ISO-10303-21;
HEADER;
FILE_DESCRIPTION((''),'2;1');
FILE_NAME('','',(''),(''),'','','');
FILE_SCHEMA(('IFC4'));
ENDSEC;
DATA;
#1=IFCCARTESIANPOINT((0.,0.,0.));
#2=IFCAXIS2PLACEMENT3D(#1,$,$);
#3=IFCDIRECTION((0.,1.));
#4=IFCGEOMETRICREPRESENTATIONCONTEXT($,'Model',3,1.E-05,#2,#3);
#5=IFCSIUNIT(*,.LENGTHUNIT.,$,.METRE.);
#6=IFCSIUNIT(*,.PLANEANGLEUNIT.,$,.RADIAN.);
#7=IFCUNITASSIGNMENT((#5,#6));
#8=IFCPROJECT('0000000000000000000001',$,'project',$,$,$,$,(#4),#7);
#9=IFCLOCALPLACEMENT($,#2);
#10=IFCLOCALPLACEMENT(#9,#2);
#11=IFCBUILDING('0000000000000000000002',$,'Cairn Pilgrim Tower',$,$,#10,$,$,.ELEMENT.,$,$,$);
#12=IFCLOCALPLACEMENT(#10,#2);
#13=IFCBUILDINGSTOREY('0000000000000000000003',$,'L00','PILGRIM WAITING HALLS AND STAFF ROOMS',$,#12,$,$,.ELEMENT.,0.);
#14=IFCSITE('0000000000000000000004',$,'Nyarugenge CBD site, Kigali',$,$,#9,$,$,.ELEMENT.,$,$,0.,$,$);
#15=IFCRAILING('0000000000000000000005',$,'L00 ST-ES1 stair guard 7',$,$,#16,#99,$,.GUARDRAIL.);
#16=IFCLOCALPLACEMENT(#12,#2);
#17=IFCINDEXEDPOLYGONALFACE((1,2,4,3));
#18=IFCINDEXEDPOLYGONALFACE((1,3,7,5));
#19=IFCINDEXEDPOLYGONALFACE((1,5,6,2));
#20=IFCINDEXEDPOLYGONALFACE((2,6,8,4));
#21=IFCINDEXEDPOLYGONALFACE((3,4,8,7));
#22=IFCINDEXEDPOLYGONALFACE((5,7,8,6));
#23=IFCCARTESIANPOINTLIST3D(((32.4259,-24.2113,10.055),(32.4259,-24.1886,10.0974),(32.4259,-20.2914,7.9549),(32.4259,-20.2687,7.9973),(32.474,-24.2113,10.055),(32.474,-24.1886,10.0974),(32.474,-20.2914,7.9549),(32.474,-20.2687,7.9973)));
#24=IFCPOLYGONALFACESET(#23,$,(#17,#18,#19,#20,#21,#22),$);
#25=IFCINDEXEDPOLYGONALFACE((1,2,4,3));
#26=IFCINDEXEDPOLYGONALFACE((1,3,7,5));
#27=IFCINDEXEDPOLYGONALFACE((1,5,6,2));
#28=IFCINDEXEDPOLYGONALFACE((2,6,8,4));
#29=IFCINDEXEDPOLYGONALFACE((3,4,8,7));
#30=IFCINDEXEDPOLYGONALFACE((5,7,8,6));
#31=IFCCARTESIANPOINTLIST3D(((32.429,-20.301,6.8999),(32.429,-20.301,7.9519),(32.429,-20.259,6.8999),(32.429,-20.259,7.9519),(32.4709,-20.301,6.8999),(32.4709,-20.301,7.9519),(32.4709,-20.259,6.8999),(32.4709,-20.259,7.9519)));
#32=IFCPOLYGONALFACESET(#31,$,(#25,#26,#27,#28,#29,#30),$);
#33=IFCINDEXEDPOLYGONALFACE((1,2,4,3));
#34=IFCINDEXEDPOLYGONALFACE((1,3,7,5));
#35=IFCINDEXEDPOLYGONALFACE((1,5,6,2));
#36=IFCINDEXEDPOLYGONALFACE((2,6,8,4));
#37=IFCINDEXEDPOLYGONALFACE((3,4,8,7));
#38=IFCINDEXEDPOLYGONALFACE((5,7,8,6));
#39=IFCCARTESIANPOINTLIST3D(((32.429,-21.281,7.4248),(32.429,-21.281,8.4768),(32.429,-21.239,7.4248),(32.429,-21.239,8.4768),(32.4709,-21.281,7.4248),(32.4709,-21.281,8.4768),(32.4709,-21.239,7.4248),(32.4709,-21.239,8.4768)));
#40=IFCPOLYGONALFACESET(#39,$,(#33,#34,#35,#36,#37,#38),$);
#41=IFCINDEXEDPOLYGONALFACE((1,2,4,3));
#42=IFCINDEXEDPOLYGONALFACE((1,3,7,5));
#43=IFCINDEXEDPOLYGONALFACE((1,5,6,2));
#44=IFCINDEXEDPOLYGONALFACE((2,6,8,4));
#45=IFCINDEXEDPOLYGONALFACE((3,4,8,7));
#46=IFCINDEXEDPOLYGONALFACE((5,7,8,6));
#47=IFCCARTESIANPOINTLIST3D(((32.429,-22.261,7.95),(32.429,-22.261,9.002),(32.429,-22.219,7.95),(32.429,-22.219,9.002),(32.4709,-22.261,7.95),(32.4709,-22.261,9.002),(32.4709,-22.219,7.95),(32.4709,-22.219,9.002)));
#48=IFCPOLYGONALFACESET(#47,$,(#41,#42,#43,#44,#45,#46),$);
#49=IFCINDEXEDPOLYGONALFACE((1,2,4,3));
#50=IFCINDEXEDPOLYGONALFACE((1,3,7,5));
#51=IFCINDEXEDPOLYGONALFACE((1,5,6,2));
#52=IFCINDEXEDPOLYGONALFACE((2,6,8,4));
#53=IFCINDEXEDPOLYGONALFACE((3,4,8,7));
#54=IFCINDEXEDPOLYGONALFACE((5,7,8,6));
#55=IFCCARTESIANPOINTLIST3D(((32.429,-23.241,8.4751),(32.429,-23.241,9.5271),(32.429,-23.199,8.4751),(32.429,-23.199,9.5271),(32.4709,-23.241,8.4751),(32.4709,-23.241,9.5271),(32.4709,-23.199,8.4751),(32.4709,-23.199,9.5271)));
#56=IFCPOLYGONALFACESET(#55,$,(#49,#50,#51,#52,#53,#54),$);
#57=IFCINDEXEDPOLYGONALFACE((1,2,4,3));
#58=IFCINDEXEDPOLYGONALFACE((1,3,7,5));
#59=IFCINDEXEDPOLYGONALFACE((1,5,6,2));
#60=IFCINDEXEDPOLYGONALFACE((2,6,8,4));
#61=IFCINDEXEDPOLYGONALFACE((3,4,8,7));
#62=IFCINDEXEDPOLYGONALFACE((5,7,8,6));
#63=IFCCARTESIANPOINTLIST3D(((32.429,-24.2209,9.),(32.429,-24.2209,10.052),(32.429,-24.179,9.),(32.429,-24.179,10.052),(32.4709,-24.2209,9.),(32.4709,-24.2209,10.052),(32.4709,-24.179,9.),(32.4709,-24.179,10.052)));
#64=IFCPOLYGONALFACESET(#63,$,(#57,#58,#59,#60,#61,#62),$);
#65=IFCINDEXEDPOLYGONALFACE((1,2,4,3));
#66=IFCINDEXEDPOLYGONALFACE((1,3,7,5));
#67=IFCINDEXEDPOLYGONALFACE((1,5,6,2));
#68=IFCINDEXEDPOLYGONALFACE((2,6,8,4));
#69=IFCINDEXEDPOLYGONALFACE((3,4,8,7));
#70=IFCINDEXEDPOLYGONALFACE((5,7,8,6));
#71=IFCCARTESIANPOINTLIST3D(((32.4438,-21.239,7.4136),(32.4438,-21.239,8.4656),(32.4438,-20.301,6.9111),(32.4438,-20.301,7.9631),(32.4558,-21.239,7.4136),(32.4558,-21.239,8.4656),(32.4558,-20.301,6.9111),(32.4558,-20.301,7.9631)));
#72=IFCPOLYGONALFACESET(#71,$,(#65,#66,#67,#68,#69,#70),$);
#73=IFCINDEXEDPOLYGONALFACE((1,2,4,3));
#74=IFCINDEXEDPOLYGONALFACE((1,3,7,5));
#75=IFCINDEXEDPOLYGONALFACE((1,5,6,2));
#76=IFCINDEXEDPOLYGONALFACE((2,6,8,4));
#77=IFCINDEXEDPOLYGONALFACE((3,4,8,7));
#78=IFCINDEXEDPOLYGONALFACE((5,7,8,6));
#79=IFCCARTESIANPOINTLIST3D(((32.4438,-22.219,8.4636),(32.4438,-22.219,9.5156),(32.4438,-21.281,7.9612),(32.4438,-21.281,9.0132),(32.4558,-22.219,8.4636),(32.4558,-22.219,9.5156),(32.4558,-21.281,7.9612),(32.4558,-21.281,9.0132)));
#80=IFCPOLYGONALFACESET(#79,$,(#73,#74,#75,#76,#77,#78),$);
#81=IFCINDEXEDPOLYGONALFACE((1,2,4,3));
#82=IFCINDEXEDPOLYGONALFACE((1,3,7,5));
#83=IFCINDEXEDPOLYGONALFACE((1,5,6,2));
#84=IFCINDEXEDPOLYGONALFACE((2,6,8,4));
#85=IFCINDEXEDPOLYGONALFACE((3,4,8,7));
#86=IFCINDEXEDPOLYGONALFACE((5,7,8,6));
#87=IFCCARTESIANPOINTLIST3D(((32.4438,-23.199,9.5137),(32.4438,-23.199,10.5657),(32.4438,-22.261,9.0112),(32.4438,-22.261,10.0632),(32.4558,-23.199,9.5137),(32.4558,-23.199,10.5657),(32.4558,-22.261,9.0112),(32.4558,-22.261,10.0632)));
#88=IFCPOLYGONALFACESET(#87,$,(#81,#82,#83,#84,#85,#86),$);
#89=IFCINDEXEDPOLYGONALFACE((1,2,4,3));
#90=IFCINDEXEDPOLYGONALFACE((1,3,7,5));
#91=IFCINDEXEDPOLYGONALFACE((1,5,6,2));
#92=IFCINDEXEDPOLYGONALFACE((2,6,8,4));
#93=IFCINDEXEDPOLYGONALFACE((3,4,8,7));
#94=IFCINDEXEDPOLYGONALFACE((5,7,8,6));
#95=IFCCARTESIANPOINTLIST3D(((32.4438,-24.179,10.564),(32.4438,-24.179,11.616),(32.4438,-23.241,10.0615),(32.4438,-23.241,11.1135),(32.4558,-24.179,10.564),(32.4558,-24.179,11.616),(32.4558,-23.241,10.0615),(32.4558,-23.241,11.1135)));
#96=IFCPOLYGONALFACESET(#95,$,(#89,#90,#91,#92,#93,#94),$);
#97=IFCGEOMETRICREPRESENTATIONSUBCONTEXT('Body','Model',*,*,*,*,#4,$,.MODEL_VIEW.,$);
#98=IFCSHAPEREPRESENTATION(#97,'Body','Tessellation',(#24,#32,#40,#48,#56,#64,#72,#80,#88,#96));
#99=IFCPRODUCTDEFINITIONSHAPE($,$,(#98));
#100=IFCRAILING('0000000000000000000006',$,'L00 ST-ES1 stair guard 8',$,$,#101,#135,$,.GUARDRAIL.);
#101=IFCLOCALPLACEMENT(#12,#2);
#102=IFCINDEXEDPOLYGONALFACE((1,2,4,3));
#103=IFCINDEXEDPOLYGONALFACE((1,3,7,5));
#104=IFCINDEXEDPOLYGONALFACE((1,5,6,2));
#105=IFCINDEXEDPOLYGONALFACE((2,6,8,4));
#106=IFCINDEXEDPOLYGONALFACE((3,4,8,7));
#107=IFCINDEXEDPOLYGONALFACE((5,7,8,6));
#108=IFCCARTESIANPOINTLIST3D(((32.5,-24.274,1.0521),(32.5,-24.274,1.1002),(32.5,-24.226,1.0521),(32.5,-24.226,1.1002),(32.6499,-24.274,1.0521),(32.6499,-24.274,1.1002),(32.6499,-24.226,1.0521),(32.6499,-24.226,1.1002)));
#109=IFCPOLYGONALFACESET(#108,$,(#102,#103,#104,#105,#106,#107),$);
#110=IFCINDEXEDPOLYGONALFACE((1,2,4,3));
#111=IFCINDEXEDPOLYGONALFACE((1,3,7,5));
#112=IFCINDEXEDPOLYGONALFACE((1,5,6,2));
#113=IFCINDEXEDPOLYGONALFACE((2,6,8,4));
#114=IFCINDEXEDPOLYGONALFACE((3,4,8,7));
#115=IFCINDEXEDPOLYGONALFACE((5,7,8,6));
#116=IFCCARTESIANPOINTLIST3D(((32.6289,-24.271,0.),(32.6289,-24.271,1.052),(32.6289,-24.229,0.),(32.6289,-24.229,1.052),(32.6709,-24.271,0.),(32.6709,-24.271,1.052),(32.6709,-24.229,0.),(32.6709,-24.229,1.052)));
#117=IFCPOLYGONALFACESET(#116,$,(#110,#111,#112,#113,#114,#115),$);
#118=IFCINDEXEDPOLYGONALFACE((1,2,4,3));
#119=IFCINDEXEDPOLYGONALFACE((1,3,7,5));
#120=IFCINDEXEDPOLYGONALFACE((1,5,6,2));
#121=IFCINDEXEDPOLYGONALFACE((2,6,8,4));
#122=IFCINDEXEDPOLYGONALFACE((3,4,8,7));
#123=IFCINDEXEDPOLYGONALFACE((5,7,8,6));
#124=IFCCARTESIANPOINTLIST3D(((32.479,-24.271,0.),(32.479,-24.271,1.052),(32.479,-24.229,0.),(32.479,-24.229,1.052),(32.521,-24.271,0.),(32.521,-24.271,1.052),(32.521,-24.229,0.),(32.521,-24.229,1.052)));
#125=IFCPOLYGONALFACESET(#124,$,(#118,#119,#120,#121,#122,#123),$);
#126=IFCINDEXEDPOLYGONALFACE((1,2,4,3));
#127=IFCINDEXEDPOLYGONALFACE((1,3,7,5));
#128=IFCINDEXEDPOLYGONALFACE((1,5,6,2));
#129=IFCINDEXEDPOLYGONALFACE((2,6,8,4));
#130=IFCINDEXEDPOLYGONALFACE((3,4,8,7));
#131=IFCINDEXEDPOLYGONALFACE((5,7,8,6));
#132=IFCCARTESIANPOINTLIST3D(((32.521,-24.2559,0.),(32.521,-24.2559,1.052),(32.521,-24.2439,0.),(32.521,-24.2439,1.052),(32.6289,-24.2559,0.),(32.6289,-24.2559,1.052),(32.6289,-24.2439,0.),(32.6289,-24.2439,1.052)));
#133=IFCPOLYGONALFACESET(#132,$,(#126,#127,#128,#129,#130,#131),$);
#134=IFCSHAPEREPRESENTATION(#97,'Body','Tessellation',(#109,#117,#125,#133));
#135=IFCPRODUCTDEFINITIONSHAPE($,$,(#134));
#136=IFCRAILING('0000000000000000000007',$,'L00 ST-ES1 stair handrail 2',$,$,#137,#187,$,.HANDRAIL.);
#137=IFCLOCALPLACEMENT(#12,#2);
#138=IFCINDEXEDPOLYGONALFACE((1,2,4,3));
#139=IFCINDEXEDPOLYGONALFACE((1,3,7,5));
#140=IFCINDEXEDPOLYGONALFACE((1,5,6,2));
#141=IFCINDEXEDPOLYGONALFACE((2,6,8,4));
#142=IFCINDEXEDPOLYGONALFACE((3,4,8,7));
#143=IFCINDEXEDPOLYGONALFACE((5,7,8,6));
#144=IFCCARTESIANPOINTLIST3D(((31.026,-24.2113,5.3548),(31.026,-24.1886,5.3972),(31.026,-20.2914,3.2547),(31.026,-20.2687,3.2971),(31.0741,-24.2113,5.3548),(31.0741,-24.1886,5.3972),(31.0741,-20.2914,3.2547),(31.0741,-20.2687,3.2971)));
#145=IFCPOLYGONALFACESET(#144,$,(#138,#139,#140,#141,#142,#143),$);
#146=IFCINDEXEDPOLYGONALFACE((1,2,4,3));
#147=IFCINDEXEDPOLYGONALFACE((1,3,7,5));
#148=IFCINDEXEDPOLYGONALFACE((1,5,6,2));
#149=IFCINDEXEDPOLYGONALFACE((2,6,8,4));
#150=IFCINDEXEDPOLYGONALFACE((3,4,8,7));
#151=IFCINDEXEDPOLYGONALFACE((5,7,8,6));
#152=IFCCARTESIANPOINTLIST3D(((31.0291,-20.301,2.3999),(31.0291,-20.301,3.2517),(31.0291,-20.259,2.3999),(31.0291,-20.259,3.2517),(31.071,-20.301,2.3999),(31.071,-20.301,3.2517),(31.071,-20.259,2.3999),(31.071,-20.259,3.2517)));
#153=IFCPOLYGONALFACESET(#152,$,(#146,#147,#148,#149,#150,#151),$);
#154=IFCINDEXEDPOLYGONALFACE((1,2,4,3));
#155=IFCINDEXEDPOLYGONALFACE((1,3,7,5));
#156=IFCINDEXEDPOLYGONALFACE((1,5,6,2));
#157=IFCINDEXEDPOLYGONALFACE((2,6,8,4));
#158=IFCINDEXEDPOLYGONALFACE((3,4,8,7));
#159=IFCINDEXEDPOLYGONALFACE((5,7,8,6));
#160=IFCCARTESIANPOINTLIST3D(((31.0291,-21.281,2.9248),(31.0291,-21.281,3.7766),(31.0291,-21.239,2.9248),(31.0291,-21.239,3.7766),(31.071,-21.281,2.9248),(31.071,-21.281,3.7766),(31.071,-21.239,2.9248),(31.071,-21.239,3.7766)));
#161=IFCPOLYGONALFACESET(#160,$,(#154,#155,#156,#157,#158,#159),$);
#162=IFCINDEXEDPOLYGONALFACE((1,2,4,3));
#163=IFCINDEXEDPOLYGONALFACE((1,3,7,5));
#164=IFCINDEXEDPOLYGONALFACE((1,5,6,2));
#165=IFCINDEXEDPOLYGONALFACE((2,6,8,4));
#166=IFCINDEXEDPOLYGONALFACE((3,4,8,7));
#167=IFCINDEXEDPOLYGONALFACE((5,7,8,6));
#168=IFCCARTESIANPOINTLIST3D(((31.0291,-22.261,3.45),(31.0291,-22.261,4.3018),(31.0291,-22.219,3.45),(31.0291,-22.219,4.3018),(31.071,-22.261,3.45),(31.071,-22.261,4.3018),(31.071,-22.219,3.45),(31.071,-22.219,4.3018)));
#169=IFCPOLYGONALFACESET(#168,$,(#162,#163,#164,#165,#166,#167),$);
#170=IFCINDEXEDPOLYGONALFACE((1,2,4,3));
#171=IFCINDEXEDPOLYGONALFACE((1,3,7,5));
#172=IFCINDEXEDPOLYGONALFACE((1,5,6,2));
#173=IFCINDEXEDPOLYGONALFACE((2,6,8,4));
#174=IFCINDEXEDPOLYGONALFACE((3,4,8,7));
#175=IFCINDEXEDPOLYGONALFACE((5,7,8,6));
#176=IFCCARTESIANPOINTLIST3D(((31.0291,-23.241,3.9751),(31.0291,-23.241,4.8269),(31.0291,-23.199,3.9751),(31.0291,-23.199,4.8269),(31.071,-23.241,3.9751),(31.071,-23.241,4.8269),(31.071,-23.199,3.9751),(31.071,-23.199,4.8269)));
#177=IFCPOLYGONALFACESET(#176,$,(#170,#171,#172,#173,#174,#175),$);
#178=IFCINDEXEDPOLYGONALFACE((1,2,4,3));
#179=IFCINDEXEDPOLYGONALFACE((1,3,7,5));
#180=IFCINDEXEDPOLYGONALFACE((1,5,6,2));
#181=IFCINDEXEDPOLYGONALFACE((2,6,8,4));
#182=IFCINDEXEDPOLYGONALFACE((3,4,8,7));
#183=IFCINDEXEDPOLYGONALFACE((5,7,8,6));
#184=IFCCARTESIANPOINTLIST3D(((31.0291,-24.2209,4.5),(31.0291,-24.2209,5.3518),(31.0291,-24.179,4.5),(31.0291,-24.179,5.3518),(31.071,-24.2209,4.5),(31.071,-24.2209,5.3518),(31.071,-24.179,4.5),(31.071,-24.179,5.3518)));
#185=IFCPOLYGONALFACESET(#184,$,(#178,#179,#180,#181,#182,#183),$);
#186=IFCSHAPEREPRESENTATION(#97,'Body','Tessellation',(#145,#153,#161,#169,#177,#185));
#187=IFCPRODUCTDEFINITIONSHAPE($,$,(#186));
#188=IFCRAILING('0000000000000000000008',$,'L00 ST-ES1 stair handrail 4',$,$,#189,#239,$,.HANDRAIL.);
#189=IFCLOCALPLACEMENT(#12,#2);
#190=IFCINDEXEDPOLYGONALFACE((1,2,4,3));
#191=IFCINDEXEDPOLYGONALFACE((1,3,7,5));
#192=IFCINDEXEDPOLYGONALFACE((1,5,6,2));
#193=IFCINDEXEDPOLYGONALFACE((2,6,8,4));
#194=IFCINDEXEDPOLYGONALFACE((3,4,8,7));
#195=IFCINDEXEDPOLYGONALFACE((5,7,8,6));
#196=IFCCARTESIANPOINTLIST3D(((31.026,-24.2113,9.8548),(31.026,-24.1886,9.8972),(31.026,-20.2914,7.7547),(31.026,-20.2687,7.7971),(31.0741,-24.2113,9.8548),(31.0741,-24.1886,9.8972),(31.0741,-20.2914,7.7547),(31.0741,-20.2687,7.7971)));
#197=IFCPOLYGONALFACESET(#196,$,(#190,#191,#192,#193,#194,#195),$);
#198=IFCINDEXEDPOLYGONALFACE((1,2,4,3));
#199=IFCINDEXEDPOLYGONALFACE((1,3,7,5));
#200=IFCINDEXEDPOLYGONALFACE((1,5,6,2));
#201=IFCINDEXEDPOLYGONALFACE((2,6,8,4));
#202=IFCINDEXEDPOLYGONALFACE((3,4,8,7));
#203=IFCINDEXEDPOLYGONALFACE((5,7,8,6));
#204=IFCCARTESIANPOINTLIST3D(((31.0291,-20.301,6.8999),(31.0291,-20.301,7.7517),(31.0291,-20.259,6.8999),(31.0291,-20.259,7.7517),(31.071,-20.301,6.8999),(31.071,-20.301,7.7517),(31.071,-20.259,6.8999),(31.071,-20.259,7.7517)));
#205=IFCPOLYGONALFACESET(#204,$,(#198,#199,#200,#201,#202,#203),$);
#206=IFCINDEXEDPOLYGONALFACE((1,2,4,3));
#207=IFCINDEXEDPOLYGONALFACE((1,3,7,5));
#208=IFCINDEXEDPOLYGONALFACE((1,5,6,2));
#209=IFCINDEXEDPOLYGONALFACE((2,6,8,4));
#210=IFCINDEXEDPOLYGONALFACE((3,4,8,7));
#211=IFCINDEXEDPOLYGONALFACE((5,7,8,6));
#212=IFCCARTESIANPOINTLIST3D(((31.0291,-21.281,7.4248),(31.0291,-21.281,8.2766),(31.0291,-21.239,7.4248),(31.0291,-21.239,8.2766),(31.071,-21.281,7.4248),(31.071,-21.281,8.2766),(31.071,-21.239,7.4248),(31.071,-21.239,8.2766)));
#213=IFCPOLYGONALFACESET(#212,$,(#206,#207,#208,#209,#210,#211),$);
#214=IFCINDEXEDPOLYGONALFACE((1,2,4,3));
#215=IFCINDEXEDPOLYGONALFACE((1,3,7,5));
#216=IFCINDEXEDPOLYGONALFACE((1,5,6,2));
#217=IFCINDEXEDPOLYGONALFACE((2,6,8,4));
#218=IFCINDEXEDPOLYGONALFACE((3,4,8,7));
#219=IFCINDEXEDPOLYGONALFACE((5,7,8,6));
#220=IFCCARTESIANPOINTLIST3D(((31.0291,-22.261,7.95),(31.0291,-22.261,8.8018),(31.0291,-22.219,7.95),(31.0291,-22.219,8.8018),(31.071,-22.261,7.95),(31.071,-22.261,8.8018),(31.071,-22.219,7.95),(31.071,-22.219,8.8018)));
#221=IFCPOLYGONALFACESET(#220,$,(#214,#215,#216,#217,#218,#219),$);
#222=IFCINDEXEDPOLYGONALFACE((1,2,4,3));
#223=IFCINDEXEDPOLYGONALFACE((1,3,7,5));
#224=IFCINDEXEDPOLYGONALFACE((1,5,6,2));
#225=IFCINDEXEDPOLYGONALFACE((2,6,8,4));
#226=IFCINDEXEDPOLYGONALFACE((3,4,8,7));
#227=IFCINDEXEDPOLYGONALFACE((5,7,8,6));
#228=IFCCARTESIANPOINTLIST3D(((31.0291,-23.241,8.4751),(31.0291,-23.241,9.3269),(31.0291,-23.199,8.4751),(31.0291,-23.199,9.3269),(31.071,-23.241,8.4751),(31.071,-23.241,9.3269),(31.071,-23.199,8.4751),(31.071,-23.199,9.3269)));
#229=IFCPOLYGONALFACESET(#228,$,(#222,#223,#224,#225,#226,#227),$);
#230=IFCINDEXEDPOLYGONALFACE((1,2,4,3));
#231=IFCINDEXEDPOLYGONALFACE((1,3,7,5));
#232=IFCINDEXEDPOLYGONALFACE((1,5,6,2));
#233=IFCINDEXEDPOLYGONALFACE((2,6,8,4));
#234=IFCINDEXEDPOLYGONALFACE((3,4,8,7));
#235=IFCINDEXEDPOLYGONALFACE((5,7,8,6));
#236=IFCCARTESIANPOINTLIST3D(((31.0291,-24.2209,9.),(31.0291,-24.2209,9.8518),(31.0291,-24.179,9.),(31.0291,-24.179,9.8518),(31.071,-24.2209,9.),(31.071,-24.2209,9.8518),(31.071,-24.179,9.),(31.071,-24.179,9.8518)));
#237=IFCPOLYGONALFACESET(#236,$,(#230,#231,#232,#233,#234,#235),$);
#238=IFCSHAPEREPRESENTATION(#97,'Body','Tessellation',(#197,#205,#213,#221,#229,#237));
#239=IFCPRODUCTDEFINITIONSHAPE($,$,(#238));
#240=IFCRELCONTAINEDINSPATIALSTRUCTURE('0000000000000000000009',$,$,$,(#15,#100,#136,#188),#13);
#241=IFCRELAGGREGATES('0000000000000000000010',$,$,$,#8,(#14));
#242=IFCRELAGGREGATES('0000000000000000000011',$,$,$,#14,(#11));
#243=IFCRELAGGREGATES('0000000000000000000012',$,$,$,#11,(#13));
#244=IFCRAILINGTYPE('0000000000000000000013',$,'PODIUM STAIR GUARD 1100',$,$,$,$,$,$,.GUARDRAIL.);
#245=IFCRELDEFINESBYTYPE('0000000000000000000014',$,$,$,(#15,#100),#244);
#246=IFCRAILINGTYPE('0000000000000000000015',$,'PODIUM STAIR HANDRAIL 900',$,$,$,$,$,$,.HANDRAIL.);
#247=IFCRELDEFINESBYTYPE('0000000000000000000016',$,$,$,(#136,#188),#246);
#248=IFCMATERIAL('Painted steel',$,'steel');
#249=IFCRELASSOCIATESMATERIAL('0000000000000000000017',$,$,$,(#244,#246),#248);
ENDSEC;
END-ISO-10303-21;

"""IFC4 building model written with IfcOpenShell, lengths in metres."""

from ifc_helpers import new_model, si_unit, direction, frame, origin, origin_2d, place, context, subcontext, project, spatial, polyline, rectangle, outline, extrude, material, type_object, element, save


model = new_model("IFC4")

# Units and contexts
model_context = context("Model", 3, precision=1e-05, world=origin(), true_north=direction((0.0, 1.0)))
body_context = subcontext(model_context, "Body", "Model", "MODEL_VIEW")
ifc_project = project(units=[si_unit("LENGTHUNIT", "METRE"), si_unit("PLANEANGLEUNIT", "RADIAN")], contexts=[model_context])

# Site, building, storey
site_placement = place(None, origin())
site = spatial("IfcSite", under=ifc_project, at=site_placement, Name="Nyarugenge CBD site, Kigali", CompositionType="ELEMENT", RefElevation=0.0)
building_placement = place(site_placement, origin())
building = spatial("IfcBuilding", under=site, at=building_placement, Name="Cairn Pilgrim Tower", CompositionType="ELEMENT")
storey_placement = place(building_placement, origin())
storey = spatial("IfcBuildingStorey", under=building, at=storey_placement, Name="L00", Description="PILGRIM WAITING HALLS AND STAFF ROOMS", CompositionType="ELEMENT", Elevation=0.0)

# Shared definitions
ifc_material_1 = material(Name="Painted steel", Category="steel")

# Railings
railing_type_1 = type_object("IfcRailingType", Name="PODIUM STAIR GUARD 1100", PredefinedType="GUARDRAIL", material=ifc_material_1)
railing_1_placement = place(storey_placement, frame((32.45, -20.28, 6.8999)))
element("IfcRailing", 1, at=railing_1_placement, inside=storey, type_object=railing_type_1, Name="L00 ST-ES1 stair guard 7", PredefinedType="GUARDRAIL", context=body_context, shape_type="SweptSolid", body=[
    extrude(rectangle(XDim=0.0481, YDim=0.0481, at=origin_2d()), frame((0.0, 0.0, 1.0762), z_axis=(0.0, -0.881467, 0.472246), x_axis=(1.0, 0.0, 0.0)), (0.0, 0.0, 1.0), 4.447),
    extrude(rectangle(XDim=0.042, YDim=0.042, at=origin_2d()), origin(), (0.0, 0.0, 1.0), 1.052),
    extrude(rectangle(XDim=0.042, YDim=0.042, at=origin_2d()), frame((0.0, -0.98, 0.5249)), (0.0, 0.0, 1.0), 1.052),
    extrude(rectangle(XDim=0.042, YDim=0.042, at=origin_2d()), frame((0.0, -1.96, 1.05)), (0.0, 0.0, 1.0), 1.052),
    extrude(rectangle(XDim=0.042, YDim=0.042, at=origin_2d()), frame((0.0, -2.9399, 1.5752)), (0.0, 0.0, 1.0), 1.052),
    extrude(rectangle(XDim=0.042, YDim=0.042, at=origin_2d()), frame((0.0, -3.9199, 2.1001)), (0.0, 0.0, 1.0), 1.052),
    extrude(outline(polyline([(0.021, 0.0112), (0.959, 0.5137), (0.959, 1.5657), (0.021, 1.0632), (0.021, 0.0112)])), frame((0.0059, 0.0, 0.0), z_axis=(-1.0, 0.0, 0.0), x_axis=(0.0, -1.0, 0.0)), (0.0, 0.0, 1.0), 0.012),
    extrude(outline(polyline([(0.021, 0.5364), (0.959, 1.0388), (0.959, 2.0908), (0.021, 1.5884), (0.021, 0.5364)])), frame((0.0059, -0.98, 0.5249), z_axis=(-1.0, 0.0, 0.0), x_axis=(0.0, -1.0, 0.0)), (0.0, 0.0, 1.0), 0.012),
    extrude(outline(polyline([(0.021, 1.0613), (0.959, 1.5637), (0.959, 2.6157), (0.021, 2.1133), (0.021, 1.0613)])), frame((0.0059, -1.96, 1.05), z_axis=(-1.0, 0.0, 0.0), x_axis=(0.0, -1.0, 0.0)), (0.0, 0.0, 1.0), 0.012),
    extrude(outline(polyline([(0.021, 1.5864), (0.959, 2.0889), (0.959, 3.1409), (0.021, 2.6384), (0.021, 1.5864)])), frame((0.0059, -2.9399, 1.5752), z_axis=(-1.0, 0.0, 0.0), x_axis=(0.0, -1.0, 0.0)), (0.0, 0.0, 1.0), 0.012),
])
railing_2_placement = place(storey_placement, frame((32.6499, -24.25, 0.0)))
element("IfcRailing", 2, at=railing_2_placement, inside=storey, type_object=railing_type_1, Name="L00 ST-ES1 stair guard 8", PredefinedType="GUARDRAIL", context=body_context, shape_type="SweptSolid", body=[
    extrude(rectangle(XDim=0.0481, YDim=0.0481, at=origin_2d()), frame((0.0, 0.0, 1.0762), z_axis=(-1.0, 0.0, 0.0), x_axis=(0.0, -1.0, 0.0)), (0.0, 0.0, 1.0), 0.1499),
    extrude(rectangle(XDim=0.042, YDim=0.042, at=origin_2d()), origin(), (0.0, 0.0, 1.0), 1.052),
    extrude(rectangle(XDim=0.042, YDim=0.042, at=origin_2d()), frame((-0.1499, 0.0, 0.0)), (0.0, 0.0, 1.0), 1.052),
    extrude(outline(polyline([(0.021, 0.0), (0.1289, 0.0), (0.1289, 1.052), (0.021, 1.052), (0.021, 0.0)])), frame((0.0, -0.0059, 0.0), z_axis=(0.0, 1.0, 0.0), x_axis=(-1.0, 0.0, 0.0)), (0.0, 0.0, 1.0), 0.012),
])
railing_type_2 = type_object("IfcRailingType", Name="PODIUM STAIR HANDRAIL 900", PredefinedType="HANDRAIL", material=ifc_material_1)
for number, where, name in (
    (3, (31.05, -20.28, 2.3999), "L00 ST-ES1 stair handrail 2"),
    (4, (31.05, -20.28, 6.8999), "L00 ST-ES1 stair handrail 4"),
):
    element("IfcRailing", number, at=place(storey_placement, frame(where)), inside=storey, type_object=railing_type_2, Name=name, PredefinedType="HANDRAIL", context=body_context, shape_type="SweptSolid", body=[
        extrude(rectangle(XDim=0.0481, YDim=0.0481, at=origin_2d()), frame((0.0, 0.0, 0.876), z_axis=(0.0, -0.881467, 0.472246), x_axis=(1.0, 0.0, 0.0)), (0.0, 0.0, 1.0), 4.447),
        extrude(rectangle(XDim=0.042, YDim=0.042, at=origin_2d()), origin(), (0.0, 0.0, 1.0), 0.8518),
        extrude(rectangle(XDim=0.042, YDim=0.042, at=origin_2d()), frame((0.0, -0.98, 0.5249)), (0.0, 0.0, 1.0), 0.8518),
        extrude(rectangle(XDim=0.042, YDim=0.042, at=origin_2d()), frame((0.0, -1.96, 1.05)), (0.0, 0.0, 1.0), 0.8518),
        extrude(rectangle(XDim=0.042, YDim=0.042, at=origin_2d()), frame((0.0, -2.9399, 1.5752)), (0.0, 0.0, 1.0), 0.8518),
        extrude(rectangle(XDim=0.042, YDim=0.042, at=origin_2d()), frame((0.0, -3.9199, 2.1001)), (0.0, 0.0, 1.0), 0.8518),
    ])

save(model, "model.ifc")
